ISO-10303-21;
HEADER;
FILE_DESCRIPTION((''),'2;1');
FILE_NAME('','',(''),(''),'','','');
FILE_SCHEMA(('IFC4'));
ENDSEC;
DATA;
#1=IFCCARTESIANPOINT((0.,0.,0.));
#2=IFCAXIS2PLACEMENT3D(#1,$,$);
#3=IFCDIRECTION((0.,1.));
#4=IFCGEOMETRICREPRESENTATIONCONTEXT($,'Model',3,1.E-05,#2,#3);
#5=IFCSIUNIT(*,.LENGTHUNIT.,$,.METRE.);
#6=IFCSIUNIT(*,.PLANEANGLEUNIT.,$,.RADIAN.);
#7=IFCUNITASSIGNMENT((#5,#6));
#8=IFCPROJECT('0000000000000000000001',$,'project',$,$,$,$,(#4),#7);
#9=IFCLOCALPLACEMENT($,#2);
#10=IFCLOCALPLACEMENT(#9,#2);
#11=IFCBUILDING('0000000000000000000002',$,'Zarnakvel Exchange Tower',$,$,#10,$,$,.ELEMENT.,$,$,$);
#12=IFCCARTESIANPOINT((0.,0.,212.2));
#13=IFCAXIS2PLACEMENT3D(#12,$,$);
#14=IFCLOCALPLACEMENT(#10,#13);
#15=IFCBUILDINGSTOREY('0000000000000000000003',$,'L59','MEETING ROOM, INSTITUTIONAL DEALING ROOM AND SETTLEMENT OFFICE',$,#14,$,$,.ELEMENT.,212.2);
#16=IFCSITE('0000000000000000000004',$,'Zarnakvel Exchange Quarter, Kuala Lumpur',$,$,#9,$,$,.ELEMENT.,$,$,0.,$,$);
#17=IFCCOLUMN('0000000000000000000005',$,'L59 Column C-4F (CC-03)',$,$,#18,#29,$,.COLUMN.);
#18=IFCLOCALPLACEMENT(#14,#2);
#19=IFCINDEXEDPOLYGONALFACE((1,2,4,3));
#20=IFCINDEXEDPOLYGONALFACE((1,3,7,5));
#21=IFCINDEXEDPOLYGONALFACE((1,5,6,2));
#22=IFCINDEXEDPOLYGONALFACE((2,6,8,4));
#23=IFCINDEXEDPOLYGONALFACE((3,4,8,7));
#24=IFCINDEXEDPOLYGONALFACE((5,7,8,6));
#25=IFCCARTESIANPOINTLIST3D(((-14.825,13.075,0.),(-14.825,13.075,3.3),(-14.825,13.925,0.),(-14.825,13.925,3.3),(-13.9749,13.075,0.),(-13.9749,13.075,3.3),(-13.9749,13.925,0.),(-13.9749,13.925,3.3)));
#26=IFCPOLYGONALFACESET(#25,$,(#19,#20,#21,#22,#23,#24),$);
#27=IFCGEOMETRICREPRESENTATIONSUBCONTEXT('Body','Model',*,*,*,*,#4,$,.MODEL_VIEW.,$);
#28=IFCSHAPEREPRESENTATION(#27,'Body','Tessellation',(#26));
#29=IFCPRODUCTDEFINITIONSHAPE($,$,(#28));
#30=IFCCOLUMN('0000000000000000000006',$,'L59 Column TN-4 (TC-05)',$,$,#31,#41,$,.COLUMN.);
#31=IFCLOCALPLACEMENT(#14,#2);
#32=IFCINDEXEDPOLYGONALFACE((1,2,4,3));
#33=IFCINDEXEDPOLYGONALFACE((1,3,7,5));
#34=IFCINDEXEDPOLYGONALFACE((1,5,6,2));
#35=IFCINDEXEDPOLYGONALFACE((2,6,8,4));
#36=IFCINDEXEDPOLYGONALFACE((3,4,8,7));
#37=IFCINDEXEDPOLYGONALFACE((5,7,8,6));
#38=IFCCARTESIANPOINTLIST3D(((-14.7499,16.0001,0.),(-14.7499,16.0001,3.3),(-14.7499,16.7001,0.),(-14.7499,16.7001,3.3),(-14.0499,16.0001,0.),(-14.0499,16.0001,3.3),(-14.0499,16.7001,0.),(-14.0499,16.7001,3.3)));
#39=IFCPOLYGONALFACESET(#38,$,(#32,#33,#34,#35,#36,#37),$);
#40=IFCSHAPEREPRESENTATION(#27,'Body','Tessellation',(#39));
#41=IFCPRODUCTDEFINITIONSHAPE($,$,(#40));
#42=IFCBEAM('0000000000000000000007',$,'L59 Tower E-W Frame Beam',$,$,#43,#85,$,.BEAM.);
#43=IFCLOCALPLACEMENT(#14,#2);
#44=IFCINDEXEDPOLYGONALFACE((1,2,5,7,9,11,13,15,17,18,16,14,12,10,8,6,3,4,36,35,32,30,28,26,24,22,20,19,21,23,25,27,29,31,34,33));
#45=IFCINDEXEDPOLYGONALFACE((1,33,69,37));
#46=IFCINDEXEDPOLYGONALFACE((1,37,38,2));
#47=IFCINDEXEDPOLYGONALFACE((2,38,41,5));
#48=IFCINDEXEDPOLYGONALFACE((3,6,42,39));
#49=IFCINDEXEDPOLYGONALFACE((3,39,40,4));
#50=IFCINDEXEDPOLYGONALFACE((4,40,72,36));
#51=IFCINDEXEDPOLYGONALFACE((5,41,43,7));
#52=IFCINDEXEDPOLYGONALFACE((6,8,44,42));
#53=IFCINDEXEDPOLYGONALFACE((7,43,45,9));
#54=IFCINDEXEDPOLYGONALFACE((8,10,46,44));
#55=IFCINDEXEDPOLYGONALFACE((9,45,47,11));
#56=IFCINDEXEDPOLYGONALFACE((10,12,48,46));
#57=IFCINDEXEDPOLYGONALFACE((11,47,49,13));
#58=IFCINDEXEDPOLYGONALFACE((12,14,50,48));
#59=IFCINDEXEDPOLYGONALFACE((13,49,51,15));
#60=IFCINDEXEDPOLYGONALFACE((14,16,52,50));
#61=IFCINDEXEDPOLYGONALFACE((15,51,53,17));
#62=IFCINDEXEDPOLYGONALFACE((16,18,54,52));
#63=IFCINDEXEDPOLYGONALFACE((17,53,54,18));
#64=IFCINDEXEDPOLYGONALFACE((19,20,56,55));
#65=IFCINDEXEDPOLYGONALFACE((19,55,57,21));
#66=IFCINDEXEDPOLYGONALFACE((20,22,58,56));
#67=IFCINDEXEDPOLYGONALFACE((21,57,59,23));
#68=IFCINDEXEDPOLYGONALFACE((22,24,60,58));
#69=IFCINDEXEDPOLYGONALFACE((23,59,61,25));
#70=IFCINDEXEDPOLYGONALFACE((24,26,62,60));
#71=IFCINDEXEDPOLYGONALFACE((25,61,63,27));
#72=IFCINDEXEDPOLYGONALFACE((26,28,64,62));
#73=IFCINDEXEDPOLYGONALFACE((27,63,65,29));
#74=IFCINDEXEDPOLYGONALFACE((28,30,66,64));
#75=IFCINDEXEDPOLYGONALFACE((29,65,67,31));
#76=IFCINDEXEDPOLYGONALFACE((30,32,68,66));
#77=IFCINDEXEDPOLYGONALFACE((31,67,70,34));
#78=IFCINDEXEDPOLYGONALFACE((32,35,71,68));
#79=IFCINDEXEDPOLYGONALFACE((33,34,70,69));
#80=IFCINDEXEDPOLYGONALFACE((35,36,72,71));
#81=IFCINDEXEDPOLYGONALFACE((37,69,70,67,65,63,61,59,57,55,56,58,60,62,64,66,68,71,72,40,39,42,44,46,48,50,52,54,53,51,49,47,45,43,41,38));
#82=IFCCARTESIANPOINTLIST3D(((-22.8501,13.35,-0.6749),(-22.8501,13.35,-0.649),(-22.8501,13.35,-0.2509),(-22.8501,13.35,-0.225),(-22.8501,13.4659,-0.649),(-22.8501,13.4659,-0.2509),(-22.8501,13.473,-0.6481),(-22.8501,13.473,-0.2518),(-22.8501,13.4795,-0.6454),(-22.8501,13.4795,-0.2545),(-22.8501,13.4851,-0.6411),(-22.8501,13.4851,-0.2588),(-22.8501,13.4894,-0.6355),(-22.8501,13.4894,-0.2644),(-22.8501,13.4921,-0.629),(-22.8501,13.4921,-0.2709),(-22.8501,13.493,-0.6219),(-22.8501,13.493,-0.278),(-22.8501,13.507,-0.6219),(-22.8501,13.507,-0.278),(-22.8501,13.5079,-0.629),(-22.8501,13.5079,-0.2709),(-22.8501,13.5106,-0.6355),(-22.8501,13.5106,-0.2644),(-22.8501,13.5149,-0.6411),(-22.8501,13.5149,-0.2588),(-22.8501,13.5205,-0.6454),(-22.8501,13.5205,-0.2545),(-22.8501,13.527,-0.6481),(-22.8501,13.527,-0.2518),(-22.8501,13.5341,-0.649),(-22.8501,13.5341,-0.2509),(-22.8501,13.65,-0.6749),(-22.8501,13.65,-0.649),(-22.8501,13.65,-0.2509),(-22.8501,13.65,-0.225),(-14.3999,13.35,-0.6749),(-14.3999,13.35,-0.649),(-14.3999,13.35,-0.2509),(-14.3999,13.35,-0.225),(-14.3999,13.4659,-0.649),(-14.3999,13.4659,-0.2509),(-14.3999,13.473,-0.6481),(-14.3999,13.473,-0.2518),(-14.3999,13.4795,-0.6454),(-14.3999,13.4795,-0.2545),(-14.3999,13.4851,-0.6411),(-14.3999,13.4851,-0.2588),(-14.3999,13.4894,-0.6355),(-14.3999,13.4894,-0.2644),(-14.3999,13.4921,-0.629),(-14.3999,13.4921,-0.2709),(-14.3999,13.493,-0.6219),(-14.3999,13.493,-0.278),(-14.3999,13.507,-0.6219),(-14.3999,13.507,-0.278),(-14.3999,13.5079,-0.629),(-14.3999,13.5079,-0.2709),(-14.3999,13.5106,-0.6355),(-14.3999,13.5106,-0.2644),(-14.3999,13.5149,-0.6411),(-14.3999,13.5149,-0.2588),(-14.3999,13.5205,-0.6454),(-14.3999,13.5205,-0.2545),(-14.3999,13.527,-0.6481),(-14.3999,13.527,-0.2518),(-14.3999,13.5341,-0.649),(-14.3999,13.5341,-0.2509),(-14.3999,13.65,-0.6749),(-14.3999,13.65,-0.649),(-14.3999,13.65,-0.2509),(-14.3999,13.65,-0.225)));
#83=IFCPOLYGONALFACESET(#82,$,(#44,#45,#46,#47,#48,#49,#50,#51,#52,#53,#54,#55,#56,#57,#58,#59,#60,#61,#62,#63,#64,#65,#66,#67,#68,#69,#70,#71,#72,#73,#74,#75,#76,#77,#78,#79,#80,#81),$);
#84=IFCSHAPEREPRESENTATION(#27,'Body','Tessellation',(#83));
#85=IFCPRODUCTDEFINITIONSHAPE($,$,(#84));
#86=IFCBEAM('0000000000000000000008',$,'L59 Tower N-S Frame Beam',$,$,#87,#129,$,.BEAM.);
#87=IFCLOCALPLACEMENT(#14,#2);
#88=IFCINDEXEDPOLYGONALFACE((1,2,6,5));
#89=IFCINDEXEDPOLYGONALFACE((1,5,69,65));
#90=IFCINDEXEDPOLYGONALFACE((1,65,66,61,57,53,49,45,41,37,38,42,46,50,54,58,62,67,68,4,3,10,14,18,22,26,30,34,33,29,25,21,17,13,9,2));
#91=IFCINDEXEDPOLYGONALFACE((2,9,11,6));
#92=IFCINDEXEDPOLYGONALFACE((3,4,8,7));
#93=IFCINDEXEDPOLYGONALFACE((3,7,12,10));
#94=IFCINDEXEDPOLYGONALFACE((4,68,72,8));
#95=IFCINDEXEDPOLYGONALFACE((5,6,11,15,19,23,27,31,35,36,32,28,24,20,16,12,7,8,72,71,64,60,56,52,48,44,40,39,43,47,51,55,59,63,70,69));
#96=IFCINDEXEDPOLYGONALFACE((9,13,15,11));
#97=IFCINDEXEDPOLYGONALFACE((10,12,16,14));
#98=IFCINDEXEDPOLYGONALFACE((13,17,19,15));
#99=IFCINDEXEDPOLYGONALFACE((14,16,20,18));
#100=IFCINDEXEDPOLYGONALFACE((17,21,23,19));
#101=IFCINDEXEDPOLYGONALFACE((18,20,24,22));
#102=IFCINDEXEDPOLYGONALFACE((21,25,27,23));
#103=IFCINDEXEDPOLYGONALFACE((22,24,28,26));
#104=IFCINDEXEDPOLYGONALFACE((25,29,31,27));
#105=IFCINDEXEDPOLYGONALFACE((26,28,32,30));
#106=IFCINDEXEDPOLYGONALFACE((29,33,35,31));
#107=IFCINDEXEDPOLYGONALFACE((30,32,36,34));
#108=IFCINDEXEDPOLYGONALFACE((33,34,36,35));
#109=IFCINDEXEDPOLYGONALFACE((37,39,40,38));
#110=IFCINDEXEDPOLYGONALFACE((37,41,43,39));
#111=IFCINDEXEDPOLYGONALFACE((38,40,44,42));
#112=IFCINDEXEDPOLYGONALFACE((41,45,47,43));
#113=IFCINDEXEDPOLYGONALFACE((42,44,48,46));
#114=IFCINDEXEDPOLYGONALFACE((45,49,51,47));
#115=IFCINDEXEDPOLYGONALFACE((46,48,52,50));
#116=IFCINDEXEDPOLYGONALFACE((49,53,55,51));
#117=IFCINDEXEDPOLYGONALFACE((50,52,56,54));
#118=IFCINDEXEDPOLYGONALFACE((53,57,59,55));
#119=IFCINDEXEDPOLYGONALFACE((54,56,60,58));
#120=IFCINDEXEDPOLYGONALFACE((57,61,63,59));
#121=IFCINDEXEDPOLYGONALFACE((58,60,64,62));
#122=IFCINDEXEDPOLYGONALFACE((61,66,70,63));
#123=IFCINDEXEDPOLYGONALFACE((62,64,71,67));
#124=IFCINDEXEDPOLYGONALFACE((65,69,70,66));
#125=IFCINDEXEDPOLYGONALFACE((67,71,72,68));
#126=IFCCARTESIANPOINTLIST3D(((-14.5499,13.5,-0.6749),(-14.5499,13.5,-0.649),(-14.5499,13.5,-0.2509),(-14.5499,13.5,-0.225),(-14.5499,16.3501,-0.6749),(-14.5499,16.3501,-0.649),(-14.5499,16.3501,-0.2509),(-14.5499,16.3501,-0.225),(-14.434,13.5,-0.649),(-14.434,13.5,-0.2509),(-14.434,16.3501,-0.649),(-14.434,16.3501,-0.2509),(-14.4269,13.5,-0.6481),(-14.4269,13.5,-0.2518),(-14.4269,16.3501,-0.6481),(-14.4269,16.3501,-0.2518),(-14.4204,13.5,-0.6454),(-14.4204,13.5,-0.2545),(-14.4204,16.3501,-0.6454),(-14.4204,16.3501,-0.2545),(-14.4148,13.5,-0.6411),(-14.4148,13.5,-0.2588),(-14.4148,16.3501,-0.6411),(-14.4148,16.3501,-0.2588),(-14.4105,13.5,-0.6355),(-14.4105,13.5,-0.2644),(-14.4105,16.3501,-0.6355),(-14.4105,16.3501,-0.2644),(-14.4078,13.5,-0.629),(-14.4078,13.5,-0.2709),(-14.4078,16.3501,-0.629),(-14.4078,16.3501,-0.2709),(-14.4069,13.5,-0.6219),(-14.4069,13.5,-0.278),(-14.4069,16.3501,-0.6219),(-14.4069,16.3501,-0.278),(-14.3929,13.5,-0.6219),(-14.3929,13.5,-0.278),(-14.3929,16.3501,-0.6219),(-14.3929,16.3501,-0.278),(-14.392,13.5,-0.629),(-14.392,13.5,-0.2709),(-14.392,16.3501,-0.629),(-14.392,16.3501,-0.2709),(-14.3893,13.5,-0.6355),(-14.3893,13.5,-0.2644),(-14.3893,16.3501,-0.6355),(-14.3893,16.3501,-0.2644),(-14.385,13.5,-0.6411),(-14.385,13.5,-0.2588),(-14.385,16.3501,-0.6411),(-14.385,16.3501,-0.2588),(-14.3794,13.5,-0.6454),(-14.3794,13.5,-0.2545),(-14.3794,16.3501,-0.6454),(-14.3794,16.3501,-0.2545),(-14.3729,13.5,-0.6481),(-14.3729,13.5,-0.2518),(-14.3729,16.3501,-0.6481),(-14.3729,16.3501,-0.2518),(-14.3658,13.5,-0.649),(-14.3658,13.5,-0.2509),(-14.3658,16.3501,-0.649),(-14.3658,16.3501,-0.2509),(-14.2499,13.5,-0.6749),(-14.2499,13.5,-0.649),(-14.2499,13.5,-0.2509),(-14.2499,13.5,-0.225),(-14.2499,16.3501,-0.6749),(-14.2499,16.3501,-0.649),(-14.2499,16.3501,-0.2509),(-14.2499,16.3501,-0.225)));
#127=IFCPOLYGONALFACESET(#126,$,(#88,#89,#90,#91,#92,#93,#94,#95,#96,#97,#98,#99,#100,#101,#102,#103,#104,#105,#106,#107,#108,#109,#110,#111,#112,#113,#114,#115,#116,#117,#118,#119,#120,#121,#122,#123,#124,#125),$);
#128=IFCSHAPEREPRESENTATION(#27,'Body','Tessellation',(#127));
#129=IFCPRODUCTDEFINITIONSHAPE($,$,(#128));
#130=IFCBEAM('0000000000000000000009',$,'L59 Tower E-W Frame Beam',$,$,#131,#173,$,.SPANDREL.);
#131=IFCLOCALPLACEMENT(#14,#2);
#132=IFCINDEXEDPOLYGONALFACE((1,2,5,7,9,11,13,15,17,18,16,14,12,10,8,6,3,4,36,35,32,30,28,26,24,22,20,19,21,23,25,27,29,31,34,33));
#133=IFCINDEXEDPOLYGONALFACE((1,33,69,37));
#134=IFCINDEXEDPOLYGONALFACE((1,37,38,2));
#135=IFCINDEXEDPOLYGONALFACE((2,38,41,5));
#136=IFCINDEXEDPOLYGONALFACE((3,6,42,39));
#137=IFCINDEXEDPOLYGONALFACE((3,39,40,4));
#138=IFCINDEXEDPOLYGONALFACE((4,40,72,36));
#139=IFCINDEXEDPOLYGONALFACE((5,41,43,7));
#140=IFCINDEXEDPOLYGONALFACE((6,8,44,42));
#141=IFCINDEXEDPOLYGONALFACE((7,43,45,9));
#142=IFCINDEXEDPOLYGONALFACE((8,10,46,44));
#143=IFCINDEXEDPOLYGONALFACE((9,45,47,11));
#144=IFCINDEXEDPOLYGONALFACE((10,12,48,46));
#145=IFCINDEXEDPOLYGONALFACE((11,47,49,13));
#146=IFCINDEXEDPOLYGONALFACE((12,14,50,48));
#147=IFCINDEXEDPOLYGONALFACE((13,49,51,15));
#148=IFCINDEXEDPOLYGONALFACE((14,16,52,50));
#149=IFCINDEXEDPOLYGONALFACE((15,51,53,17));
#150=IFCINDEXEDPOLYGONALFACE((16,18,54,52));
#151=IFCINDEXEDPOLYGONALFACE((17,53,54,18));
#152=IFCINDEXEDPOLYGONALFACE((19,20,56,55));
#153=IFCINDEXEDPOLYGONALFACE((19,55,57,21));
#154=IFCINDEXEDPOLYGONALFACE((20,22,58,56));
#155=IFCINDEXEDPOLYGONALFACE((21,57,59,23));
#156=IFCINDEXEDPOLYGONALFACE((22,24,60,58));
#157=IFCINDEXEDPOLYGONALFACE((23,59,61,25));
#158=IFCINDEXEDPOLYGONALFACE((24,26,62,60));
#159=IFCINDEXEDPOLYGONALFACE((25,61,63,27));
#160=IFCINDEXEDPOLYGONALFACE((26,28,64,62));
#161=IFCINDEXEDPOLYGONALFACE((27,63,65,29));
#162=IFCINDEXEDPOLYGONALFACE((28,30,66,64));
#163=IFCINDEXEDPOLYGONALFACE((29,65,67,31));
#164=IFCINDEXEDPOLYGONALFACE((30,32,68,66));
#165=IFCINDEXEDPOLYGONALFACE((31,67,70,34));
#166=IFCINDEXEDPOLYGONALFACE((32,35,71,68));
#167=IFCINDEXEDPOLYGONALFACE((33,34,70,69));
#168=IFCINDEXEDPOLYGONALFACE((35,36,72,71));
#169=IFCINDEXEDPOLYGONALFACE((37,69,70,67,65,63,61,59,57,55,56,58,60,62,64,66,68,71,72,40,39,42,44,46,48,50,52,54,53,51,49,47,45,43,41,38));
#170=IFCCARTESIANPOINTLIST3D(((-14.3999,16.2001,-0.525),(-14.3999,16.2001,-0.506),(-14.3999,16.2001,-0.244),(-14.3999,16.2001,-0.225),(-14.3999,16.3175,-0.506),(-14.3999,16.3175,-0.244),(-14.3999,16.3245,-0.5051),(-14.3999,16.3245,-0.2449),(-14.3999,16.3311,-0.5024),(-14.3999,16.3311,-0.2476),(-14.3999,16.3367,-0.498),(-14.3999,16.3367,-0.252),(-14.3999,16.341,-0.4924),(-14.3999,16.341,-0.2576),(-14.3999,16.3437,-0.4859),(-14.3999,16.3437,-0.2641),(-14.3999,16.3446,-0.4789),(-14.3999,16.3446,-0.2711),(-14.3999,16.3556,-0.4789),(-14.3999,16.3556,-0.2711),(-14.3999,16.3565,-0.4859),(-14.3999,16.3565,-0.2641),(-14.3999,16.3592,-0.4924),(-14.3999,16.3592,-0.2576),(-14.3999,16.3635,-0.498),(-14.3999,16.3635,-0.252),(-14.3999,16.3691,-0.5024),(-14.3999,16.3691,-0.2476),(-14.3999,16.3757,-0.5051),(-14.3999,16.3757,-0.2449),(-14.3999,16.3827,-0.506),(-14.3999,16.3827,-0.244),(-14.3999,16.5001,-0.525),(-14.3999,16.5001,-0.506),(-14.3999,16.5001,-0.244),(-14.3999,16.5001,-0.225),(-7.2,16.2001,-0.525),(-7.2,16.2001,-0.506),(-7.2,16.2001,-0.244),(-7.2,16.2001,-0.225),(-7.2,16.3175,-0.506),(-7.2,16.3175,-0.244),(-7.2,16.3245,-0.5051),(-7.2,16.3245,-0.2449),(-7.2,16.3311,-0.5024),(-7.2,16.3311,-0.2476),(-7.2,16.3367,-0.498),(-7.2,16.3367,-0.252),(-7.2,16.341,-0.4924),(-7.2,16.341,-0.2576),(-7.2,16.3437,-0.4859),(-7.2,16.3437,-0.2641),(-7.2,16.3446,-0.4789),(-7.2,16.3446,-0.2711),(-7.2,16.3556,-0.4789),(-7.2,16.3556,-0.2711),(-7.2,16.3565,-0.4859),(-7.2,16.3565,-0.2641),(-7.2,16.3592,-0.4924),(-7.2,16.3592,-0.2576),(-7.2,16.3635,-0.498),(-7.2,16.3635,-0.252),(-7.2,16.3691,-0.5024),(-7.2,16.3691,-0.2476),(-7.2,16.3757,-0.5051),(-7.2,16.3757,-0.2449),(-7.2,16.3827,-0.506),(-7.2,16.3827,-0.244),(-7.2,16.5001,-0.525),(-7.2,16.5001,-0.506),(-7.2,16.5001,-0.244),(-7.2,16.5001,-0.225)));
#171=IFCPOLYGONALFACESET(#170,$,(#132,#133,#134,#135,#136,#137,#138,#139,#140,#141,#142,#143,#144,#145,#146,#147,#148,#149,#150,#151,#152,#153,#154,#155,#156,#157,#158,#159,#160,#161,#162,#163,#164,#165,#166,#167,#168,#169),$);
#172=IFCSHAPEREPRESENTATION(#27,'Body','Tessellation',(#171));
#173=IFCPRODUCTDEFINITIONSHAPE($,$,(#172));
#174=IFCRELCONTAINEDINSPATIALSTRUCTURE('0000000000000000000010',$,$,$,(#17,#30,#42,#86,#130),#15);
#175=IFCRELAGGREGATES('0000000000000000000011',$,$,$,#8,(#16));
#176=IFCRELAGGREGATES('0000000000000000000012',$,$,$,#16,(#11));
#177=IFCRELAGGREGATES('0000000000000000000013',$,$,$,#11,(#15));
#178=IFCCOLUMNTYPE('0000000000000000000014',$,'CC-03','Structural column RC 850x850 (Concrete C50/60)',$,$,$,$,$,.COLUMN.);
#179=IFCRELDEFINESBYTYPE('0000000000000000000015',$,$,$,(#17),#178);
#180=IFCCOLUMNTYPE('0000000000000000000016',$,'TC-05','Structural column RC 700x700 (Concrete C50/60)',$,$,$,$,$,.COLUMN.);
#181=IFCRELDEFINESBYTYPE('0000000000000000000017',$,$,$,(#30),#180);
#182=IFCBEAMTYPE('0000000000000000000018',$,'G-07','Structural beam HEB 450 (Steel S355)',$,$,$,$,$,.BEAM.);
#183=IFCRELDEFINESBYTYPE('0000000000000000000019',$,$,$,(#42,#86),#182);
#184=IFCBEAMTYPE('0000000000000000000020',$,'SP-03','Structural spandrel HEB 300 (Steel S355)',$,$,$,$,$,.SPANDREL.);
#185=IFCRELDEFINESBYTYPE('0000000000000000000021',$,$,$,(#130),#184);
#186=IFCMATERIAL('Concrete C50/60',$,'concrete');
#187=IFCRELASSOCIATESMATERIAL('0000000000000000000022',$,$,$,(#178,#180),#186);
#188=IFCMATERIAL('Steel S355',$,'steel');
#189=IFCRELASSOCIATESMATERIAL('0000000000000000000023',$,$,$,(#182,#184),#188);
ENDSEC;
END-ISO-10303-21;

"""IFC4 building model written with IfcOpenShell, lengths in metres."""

from ifc_helpers import new_model, si_unit, direction, frame, origin, origin_2d, place, context, subcontext, project, spatial, rectangle, i_section, extrude, material, material_profile, profile_set, type_object, element, save


model = new_model("IFC4")

# Units and contexts
model_context = context("Model", 3, precision=1e-05, world=origin(), true_north=direction((0.0, 1.0)))
body_context = subcontext(model_context, "Body", "Model", "MODEL_VIEW")
ifc_project = project(units=[si_unit("LENGTHUNIT", "METRE"), si_unit("PLANEANGLEUNIT", "RADIAN")], contexts=[model_context])

# Site, building, storey
site_placement = place(None, origin())
site = spatial("IfcSite", under=ifc_project, at=site_placement, Name="Zarnakvel Exchange Quarter, Kuala Lumpur", CompositionType="ELEMENT", RefElevation=0.0)
building_placement = place(site_placement, origin())
building = spatial("IfcBuilding", under=site, at=building_placement, Name="Zarnakvel Exchange Tower", CompositionType="ELEMENT")
storey_placement = place(building_placement, frame((0.0, 0.0, 212.2)))
storey = spatial("IfcBuildingStorey", under=building, at=storey_placement, Name="L59", Description="MEETING ROOM, INSTITUTIONAL DEALING ROOM AND SETTLEMENT OFFICE", CompositionType="ELEMENT", Elevation=212.2)

# Columns
ifc_material_1 = material(Name="Concrete C50/60", Category="concrete")
ifc_material_profile_1 = material_profile(ifc_material_1, rectangle(XDim=0.8501, YDim=0.8501, at=origin_2d()))
ifc_profile_set_1 = profile_set([ifc_material_profile_1], Name="Concrete C50/60")
column_type_1 = type_object("IfcColumnType", Name="CC-03", Description="Structural column RC 850x850 (Concrete C50/60)", PredefinedType="COLUMN", material=ifc_profile_set_1)
column_1_placement = place(storey_placement, frame((-14.3999, 13.5, 0.0), z_axis=(0.0, 0.0, 1.0), x_axis=(1.0, 0.0, 0.0)))
element("IfcColumn", 1, at=column_1_placement, inside=storey, type_object=column_type_1, Name="L59 Column C-4F (CC-03)", PredefinedType="COLUMN", context=body_context, shape_type="SweptSolid", body=[
    extrude(rectangle(XDim=0.8501, YDim=0.8501, at=origin_2d()), origin(), (0.0, 0.0, 1.0), 3.3),
])
ifc_material_profile_2 = material_profile(ifc_material_1, rectangle(XDim=0.7, YDim=0.7, at=origin_2d()))
ifc_profile_set_2 = profile_set([ifc_material_profile_2], Name="Concrete C50/60")
column_type_2 = type_object("IfcColumnType", Name="TC-05", Description="Structural column RC 700x700 (Concrete C50/60)", PredefinedType="COLUMN", material=ifc_profile_set_2)
column_2_placement = place(storey_placement, frame((-14.3999, 16.3501, 0.0), z_axis=(0.0, 0.0, 1.0), x_axis=(1.0, 0.0, 0.0)))
element("IfcColumn", 2, at=column_2_placement, inside=storey, type_object=column_type_2, Name="L59 Column TN-4 (TC-05)", PredefinedType="COLUMN", context=body_context, shape_type="SweptSolid", body=[
    extrude(rectangle(XDim=0.7, YDim=0.7, at=origin_2d()), origin(), (0.0, 0.0, 1.0), 3.3),
])

# Beams
ifc_material_2 = material(Name="Steel S355", Category="steel")
ifc_material_profile_3 = material_profile(ifc_material_2, i_section(OverallWidth=0.3, OverallDepth=0.45, WebThickness=0.0139, FlangeThickness=0.0259, FilletRadius=0.0271, at=origin_2d()))
ifc_profile_set_3 = profile_set([ifc_material_profile_3], Name="Steel S355")
beam_type_1 = type_object("IfcBeamType", Name="G-07", Description="Structural beam HEB 450 (Steel S355)", PredefinedType="BEAM", material=ifc_profile_set_3)
beam_1_placement = place(storey_placement, frame((-22.8501, 13.5, -0.45), z_axis=(1.0, 0.0, 0.0), x_axis=(0.0, 1.0, 0.0)))
element("IfcBeam", 3, at=beam_1_placement, inside=storey, type_object=beam_type_1, Name="L59 Tower E-W Frame Beam", PredefinedType="BEAM", context=body_context, shape_type="SweptSolid", body=[
    extrude(i_section(OverallWidth=0.3, OverallDepth=0.45, WebThickness=0.0139, FlangeThickness=0.0259, FilletRadius=0.0271, at=origin_2d()), origin(), (0.0, 0.0, 1.0), 8.4502),
])
beam_2_placement = place(storey_placement, frame((-14.3999, 13.5, -0.45), z_axis=(0.0, 1.0, 0.0), x_axis=(-1.0, 0.0, 0.0)))
element("IfcBeam", 4, at=beam_2_placement, inside=storey, type_object=beam_type_1, Name="L59 Tower N-S Frame Beam", PredefinedType="BEAM", context=body_context, shape_type="SweptSolid", body=[
    extrude(i_section(OverallWidth=0.3, OverallDepth=0.45, WebThickness=0.0139, FlangeThickness=0.0259, FilletRadius=0.0271, at=origin_2d()), origin(), (0.0, 0.0, 1.0), 2.8501),
])
ifc_material_profile_4 = material_profile(ifc_material_2, i_section(OverallWidth=0.3, OverallDepth=0.3, WebThickness=0.011, FlangeThickness=0.019, FilletRadius=0.0271, at=origin_2d()))
ifc_profile_set_4 = profile_set([ifc_material_profile_4], Name="Steel S355")
beam_type_2 = type_object("IfcBeamType", Name="SP-03", Description="Structural spandrel HEB 300 (Steel S355)", PredefinedType="SPANDREL", material=ifc_profile_set_4)
beam_3_placement = place(storey_placement, frame((-14.3999, 16.3501, -0.375), z_axis=(1.0, 0.0, 0.0), x_axis=(0.0, 1.0, 0.0)))
element("IfcBeam", 5, at=beam_3_placement, inside=storey, type_object=beam_type_2, Name="L59 Tower E-W Frame Beam", PredefinedType="SPANDREL", context=body_context, shape_type="SweptSolid", body=[
    extrude(i_section(OverallWidth=0.3, OverallDepth=0.3, WebThickness=0.011, FlangeThickness=0.019, FilletRadius=0.0271, at=origin_2d()), origin(), (0.0, 0.0, 1.0), 7.2),
])

save(model, "model.ifc")
